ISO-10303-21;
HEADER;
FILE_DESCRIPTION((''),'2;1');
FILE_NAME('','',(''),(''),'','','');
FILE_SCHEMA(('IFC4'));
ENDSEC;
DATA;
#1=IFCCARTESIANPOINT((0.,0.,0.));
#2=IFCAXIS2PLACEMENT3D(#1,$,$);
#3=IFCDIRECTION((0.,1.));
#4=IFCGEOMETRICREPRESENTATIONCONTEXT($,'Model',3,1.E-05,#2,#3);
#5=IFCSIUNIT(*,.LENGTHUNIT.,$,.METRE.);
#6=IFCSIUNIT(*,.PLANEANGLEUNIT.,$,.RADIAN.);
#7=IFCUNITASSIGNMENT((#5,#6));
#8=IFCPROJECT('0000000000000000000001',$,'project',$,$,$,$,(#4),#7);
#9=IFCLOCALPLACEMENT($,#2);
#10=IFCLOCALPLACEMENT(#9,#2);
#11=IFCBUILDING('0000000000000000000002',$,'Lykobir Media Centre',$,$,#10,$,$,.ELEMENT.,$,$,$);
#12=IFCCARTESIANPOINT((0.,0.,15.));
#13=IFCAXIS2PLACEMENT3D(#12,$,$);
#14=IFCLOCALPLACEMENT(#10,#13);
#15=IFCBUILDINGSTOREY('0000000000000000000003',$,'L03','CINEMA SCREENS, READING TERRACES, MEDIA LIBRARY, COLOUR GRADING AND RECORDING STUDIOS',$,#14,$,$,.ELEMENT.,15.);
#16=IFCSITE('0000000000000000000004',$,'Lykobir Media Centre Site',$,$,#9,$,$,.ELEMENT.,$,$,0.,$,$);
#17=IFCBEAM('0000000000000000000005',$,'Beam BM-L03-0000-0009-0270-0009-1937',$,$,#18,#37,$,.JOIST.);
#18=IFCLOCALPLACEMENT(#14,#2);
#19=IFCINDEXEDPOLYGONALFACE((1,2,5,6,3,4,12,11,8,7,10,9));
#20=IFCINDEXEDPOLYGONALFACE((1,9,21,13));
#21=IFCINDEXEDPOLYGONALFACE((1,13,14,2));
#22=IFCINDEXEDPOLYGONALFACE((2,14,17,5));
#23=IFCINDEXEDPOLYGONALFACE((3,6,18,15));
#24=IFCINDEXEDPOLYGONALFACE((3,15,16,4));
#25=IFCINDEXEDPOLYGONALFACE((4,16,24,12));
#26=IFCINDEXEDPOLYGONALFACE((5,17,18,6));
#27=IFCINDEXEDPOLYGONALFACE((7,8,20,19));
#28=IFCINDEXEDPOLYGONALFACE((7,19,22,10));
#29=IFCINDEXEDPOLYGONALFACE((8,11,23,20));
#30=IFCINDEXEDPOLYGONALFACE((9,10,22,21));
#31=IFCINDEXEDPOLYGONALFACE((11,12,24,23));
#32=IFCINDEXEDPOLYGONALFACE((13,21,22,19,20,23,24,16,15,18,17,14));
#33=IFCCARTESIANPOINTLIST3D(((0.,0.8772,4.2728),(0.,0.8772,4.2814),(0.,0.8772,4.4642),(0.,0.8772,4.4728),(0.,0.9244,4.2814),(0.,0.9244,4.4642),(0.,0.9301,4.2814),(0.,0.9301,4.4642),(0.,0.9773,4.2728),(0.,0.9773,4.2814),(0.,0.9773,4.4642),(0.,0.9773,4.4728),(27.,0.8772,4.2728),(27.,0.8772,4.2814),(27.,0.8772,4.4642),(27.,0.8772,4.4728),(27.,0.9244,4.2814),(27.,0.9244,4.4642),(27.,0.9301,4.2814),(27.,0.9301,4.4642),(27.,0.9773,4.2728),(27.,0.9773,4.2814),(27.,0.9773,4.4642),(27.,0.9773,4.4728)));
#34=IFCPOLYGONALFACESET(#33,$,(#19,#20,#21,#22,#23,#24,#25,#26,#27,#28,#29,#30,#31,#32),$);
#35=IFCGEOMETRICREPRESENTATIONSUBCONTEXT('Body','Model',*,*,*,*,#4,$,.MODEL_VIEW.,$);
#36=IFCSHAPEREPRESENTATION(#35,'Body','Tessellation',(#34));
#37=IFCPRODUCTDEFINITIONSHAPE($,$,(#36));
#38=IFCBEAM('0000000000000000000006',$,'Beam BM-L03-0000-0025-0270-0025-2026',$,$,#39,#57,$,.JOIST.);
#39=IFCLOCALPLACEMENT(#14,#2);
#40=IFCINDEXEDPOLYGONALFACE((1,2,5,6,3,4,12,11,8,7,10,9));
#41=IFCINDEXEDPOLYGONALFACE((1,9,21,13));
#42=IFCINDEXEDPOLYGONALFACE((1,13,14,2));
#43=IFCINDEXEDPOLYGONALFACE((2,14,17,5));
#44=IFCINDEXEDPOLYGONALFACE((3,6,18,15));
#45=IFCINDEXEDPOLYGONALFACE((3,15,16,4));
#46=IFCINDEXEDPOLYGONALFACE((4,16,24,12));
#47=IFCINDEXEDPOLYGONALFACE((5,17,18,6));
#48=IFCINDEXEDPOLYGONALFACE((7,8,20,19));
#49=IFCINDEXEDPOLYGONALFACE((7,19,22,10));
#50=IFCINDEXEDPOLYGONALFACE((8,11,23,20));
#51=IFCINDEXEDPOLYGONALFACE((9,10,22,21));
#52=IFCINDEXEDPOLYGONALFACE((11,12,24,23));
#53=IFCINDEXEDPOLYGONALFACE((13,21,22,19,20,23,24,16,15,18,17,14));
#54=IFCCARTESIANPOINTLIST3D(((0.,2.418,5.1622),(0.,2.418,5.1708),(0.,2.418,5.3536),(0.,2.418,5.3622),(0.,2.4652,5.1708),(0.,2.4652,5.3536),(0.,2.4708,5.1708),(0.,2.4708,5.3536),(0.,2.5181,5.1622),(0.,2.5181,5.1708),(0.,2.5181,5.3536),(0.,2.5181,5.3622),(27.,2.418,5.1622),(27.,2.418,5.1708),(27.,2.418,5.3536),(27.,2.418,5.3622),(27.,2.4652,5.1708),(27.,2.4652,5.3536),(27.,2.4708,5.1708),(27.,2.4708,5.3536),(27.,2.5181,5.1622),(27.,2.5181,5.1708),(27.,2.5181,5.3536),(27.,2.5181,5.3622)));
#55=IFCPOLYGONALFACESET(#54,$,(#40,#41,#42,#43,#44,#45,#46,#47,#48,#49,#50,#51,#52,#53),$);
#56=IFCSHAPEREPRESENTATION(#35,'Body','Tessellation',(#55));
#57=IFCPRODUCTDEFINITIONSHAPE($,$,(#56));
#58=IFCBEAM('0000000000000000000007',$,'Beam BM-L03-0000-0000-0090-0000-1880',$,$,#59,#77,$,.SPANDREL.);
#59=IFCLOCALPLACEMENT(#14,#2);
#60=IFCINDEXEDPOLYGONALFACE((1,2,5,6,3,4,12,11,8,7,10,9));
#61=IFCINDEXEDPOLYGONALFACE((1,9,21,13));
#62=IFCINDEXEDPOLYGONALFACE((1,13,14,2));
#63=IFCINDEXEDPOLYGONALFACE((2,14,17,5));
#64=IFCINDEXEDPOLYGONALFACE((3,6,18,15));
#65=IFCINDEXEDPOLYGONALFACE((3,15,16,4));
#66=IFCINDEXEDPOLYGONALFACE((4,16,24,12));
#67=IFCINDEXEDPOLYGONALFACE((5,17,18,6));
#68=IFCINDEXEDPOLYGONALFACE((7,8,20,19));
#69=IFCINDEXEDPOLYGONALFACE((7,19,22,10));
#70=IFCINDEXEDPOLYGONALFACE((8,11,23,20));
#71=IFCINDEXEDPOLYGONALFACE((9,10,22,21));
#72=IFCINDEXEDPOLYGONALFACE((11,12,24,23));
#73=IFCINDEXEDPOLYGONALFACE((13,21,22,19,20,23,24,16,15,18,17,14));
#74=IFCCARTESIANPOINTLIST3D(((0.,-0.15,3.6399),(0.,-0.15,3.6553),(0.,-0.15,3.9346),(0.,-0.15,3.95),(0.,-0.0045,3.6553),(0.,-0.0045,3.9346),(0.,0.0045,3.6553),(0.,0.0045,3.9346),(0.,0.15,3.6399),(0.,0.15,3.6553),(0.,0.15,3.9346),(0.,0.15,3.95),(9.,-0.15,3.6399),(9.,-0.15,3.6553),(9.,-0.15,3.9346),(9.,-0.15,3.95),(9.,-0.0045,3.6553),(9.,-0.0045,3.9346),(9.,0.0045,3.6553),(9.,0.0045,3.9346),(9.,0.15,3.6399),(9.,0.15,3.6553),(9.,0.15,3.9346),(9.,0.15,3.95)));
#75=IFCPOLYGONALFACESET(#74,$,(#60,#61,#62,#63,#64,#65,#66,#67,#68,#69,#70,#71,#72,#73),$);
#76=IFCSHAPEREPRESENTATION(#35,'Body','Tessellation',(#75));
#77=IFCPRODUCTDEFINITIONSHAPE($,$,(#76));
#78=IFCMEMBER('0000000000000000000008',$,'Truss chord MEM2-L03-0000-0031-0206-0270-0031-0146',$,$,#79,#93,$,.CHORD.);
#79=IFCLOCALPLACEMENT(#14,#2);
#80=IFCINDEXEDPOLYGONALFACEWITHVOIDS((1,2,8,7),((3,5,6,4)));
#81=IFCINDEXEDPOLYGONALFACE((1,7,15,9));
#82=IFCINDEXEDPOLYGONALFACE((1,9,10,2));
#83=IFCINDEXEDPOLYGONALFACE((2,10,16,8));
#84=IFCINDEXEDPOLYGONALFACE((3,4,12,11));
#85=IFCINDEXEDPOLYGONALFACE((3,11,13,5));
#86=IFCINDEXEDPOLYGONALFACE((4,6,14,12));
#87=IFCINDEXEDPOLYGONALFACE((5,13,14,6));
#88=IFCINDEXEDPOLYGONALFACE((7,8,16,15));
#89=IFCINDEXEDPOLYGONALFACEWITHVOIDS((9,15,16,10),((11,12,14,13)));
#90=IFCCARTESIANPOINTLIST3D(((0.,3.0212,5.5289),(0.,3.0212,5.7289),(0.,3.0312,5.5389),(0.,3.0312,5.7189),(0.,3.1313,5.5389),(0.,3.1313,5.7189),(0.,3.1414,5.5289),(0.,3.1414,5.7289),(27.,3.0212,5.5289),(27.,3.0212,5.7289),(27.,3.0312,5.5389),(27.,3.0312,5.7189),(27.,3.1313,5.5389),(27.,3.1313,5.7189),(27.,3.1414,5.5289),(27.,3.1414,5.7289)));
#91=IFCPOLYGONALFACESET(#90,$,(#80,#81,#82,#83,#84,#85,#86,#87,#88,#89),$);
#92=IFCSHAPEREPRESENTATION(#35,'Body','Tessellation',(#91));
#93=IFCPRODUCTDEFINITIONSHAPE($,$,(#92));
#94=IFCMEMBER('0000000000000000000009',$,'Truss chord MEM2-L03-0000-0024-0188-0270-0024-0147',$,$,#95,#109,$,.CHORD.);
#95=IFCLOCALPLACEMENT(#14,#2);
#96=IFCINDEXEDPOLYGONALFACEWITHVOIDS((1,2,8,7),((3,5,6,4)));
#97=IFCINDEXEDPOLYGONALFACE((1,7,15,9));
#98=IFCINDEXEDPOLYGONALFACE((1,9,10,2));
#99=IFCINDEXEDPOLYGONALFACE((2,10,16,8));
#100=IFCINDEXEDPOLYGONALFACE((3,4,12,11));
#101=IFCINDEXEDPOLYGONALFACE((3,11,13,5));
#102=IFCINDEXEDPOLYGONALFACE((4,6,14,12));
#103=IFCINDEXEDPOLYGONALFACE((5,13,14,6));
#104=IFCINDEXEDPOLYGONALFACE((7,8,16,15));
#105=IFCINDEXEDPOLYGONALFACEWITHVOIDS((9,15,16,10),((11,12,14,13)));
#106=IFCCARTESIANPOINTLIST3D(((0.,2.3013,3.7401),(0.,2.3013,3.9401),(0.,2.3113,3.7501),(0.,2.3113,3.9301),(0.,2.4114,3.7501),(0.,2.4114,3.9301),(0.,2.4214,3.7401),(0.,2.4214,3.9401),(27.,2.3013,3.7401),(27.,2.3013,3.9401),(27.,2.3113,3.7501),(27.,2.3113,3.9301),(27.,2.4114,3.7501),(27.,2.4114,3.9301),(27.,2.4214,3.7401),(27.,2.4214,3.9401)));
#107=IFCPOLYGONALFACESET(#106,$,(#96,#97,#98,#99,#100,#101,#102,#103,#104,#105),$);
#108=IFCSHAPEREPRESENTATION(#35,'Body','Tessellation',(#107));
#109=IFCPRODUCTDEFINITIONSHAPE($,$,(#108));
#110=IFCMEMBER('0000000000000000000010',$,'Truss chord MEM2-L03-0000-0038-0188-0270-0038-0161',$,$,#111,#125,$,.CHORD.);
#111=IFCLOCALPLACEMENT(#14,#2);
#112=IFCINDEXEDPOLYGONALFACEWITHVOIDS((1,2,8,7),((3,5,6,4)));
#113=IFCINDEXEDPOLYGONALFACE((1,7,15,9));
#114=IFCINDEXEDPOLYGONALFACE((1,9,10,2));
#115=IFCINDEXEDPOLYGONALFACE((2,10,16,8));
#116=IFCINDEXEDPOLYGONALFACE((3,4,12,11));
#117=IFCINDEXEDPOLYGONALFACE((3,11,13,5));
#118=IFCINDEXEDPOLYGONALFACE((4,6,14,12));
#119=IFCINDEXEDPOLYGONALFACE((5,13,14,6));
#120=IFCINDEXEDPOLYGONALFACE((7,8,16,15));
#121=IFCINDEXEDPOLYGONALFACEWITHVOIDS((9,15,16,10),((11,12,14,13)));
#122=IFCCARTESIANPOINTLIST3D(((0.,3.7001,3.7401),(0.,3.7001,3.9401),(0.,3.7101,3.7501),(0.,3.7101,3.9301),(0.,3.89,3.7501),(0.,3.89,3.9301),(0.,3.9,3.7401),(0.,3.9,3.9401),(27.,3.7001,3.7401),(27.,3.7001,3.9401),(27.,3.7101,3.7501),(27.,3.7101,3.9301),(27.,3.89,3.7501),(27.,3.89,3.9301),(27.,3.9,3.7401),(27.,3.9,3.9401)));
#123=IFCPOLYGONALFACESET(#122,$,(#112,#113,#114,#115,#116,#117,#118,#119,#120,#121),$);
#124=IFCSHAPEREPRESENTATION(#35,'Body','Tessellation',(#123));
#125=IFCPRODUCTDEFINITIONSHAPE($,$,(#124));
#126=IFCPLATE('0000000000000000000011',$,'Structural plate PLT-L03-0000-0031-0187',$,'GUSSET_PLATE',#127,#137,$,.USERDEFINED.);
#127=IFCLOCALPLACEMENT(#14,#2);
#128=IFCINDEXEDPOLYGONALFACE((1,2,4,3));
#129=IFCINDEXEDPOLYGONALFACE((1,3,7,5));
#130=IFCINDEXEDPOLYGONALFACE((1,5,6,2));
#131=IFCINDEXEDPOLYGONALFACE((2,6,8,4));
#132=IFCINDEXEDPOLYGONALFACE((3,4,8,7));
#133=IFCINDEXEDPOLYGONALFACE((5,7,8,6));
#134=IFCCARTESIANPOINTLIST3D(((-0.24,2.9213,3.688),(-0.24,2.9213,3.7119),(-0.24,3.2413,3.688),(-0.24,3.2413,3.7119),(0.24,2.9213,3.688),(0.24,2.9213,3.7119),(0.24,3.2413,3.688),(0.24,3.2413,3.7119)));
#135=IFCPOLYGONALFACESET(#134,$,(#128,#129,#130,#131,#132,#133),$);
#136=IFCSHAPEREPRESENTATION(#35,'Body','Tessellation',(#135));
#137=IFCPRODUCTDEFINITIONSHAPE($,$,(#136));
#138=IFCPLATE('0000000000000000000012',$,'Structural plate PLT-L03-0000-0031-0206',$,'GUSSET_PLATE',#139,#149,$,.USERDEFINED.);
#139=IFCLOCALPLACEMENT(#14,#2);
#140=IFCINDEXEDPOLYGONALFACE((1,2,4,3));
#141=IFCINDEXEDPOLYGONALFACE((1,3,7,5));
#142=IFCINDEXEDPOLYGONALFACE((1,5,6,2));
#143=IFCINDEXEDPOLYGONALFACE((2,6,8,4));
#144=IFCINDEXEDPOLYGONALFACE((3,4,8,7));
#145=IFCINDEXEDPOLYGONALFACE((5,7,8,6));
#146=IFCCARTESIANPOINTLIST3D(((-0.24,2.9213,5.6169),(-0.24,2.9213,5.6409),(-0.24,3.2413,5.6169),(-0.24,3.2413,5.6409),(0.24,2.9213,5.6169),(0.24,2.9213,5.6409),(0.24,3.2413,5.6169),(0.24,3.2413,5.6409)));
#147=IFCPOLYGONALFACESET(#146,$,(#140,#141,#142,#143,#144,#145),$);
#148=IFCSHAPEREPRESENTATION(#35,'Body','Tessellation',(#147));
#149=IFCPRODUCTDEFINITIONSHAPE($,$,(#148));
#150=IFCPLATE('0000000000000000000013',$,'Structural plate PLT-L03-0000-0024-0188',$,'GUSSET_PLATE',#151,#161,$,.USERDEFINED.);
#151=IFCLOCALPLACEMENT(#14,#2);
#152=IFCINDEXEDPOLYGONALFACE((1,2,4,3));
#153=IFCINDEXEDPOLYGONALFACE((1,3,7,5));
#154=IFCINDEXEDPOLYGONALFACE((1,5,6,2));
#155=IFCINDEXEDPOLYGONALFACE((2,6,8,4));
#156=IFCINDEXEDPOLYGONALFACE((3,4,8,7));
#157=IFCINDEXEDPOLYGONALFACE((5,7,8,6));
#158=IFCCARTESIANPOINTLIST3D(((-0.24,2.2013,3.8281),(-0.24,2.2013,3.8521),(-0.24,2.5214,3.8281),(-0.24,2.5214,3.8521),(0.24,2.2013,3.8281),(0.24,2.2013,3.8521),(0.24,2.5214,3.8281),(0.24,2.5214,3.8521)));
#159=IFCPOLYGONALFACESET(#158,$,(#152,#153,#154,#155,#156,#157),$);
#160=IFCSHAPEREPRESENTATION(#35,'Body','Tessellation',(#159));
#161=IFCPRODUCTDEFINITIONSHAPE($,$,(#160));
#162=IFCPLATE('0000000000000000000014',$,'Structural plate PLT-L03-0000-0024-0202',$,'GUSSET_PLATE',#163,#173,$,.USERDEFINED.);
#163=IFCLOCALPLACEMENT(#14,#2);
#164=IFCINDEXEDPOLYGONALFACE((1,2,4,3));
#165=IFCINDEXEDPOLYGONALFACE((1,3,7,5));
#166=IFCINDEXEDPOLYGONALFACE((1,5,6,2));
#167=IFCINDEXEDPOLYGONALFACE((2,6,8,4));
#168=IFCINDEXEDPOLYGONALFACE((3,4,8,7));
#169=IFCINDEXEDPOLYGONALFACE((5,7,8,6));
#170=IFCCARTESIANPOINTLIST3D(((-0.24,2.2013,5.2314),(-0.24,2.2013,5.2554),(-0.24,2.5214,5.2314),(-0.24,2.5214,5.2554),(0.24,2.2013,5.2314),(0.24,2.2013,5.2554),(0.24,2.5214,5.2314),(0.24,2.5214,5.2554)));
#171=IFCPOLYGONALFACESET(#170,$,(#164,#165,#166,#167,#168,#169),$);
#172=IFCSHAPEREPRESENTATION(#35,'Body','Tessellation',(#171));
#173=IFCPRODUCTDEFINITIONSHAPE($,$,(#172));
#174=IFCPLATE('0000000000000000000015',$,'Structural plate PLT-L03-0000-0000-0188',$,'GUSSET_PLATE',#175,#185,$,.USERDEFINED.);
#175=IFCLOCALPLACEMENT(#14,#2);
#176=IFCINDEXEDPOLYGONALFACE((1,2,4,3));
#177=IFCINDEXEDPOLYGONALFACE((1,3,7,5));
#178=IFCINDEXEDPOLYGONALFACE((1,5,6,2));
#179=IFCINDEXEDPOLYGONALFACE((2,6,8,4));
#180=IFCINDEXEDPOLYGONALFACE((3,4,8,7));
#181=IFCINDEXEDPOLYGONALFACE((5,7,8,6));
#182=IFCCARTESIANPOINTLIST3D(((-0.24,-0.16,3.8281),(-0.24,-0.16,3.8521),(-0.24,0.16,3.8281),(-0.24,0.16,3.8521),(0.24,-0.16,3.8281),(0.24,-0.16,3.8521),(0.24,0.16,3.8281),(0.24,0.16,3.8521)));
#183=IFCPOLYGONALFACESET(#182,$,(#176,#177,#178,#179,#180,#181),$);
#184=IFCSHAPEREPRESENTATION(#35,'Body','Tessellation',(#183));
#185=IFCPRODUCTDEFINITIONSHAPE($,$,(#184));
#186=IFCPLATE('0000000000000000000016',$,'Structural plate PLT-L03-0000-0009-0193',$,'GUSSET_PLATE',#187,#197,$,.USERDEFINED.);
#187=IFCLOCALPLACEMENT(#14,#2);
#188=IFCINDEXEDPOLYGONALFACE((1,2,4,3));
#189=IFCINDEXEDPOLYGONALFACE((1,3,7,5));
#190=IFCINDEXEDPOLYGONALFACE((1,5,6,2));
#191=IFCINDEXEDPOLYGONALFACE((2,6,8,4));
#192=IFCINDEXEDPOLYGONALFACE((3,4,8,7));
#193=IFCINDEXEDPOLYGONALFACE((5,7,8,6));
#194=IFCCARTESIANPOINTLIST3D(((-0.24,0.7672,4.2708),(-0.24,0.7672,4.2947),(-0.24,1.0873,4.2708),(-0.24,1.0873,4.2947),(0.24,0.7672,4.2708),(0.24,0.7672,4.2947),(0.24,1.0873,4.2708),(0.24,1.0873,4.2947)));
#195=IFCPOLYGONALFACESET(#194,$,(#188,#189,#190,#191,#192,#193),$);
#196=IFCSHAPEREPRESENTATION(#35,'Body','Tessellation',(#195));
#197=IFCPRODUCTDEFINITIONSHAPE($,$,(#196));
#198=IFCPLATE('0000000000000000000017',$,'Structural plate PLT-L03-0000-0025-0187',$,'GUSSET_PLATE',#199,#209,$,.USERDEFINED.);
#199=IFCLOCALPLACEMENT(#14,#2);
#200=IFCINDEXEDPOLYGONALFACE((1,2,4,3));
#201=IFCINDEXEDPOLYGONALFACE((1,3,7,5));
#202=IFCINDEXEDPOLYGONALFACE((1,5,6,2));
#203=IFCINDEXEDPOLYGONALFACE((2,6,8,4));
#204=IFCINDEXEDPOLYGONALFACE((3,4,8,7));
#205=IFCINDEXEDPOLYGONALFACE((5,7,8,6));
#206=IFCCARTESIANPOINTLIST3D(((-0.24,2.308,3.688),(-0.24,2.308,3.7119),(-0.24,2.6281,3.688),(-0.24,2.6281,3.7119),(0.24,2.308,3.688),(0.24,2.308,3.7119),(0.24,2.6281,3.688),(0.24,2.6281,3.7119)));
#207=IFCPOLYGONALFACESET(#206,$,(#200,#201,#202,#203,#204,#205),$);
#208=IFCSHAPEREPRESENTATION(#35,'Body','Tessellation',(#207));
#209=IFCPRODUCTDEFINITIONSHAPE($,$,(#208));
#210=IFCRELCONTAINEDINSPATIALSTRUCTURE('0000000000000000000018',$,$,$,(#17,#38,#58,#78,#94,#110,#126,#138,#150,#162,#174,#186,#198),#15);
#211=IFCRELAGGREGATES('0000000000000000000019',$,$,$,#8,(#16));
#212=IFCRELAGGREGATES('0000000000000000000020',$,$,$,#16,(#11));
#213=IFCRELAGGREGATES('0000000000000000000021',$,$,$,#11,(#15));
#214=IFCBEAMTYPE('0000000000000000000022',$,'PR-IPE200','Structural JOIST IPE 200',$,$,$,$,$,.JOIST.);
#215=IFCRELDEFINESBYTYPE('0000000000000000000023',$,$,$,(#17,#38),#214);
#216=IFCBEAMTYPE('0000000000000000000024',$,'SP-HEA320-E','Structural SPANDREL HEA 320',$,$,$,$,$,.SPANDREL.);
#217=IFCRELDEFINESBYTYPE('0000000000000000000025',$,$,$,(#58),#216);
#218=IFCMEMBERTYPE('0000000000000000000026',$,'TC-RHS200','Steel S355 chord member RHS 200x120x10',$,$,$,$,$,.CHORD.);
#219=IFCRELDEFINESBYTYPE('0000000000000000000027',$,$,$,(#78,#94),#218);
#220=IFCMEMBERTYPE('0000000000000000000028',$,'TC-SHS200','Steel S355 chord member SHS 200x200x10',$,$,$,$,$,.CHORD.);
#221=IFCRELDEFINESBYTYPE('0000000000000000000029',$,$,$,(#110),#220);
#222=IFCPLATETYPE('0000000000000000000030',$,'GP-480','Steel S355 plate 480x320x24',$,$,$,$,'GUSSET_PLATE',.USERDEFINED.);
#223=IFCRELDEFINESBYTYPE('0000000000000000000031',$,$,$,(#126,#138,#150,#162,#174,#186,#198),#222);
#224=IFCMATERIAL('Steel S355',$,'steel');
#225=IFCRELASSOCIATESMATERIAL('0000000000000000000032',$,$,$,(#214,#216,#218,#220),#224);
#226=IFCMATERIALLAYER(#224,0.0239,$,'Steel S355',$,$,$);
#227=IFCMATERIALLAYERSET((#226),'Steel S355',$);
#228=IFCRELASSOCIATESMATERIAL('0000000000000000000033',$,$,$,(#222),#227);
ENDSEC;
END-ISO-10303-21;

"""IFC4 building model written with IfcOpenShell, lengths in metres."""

from ifc_helpers import new_model, si_unit, direction, frame, origin, origin_2d, place, context, subcontext, project, spatial, rectangle, hollow_rectangle, i_section, extrude, material, layer, layer_set, material_profile, profile_set, type_object, element, save


model = new_model("IFC4")

# Units and contexts
model_context = context("Model", 3, precision=1e-05, world=origin(), true_north=direction((0.0, 1.0)))
body_context = subcontext(model_context, "Body", "Model", "MODEL_VIEW")
ifc_project = project(units=[si_unit("LENGTHUNIT", "METRE"), si_unit("PLANEANGLEUNIT", "RADIAN")], contexts=[model_context])

# Site, building, storey
site_placement = place(None, origin())
site = spatial("IfcSite", under=ifc_project, at=site_placement, Name="Lykobir Media Centre Site", CompositionType="ELEMENT", RefElevation=0.0)
building_placement = place(site_placement, origin())
building = spatial("IfcBuilding", under=site, at=building_placement, Name="Lykobir Media Centre", CompositionType="ELEMENT")
storey_placement = place(building_placement, frame((0.0, 0.0, 15.0)))
storey = spatial("IfcBuildingStorey", under=building, at=storey_placement, Name="L03", Description="CINEMA SCREENS, READING TERRACES, MEDIA LIBRARY, COLOUR GRADING AND RECORDING STUDIOS", CompositionType="ELEMENT", Elevation=15.0)

# Shared definitions
ifc_material_1 = material(Name="Steel S355", Category="steel")

# Beams
ifc_material_profile_1 = material_profile(ifc_material_1, i_section(OverallWidth=0.1001, OverallDepth=0.2, WebThickness=0.0056, FlangeThickness=0.0085, at=origin_2d()), Name="IPE 200")
ifc_profile_set_1 = profile_set([ifc_material_profile_1], Name="Steel S355")
beam_type_1 = type_object("IfcBeamType", Name="PR-IPE200", Description="Structural JOIST IPE 200", PredefinedType="JOIST", material=ifc_profile_set_1)
for number, where, z_axis, x_axis, name in (
    (1, (0.0, 0.9272, 4.3728), (1.0, 0.0, 0.0), (0.0, 1.0, 0.0), "Beam BM-L03-0000-0009-0270-0009-1937"),
    (2, (0.0, 2.468, 5.2622), (1.0, 0.0, 0.0), (0.0, 1.0, 0.0), "Beam BM-L03-0000-0025-0270-0025-2026"),
):
    element("IfcBeam", number, at=place(storey_placement, frame(where, z_axis=z_axis, x_axis=x_axis)), inside=storey, type_object=beam_type_1, Name=name, PredefinedType="JOIST", context=body_context, shape_type="SweptSolid", body=[
        extrude(i_section(OverallWidth=0.1001, OverallDepth=0.2, WebThickness=0.0056, FlangeThickness=0.0085, at=origin_2d()), origin(), (0.0, 0.0, 1.0), 27.0),
    ])
ifc_material_profile_2 = material_profile(ifc_material_1, i_section(OverallWidth=0.3, OverallDepth=0.3101, WebThickness=0.009, FlangeThickness=0.0154, at=origin_2d()), Name="HEA 320")
ifc_profile_set_2 = profile_set([ifc_material_profile_2], Name="Steel S355")
beam_type_2 = type_object("IfcBeamType", Name="SP-HEA320-E", Description="Structural SPANDREL HEA 320", PredefinedType="SPANDREL", material=ifc_profile_set_2)
beam_placement = place(storey_placement, frame((0.0, 0.0, 3.7949), z_axis=(1.0, 0.0, 0.0), x_axis=(0.0, 1.0, 0.0)))
element("IfcBeam", 3, at=beam_placement, inside=storey, type_object=beam_type_2, Name="Beam BM-L03-0000-0000-0090-0000-1880", PredefinedType="SPANDREL", context=body_context, shape_type="SweptSolid", body=[
    extrude(i_section(OverallWidth=0.3, OverallDepth=0.3101, WebThickness=0.009, FlangeThickness=0.0154, at=origin_2d()), origin(), (0.0, 0.0, 1.0), 9.0),
])

# Members
ifc_material_profile_3 = material_profile(ifc_material_1, hollow_rectangle(XDim=0.1201, YDim=0.2, WallThickness=0.01, at=origin_2d()), Name="RHS 200x120x10")
ifc_profile_set_3 = profile_set([ifc_material_profile_3], Name="Steel S355")
member_type_1 = type_object("IfcMemberType", Name="TC-RHS200", Description="Steel S355 chord member RHS 200x120x10", PredefinedType="CHORD", material=ifc_profile_set_3)
for number, where, z_axis, x_axis, name in (
    (4, (0.0, 3.0813, 5.6289), (1.0, 0.0, 0.0), (0.0, 1.0, 0.0), "Truss chord MEM2-L03-0000-0031-0206-0270-0031-0146"),
    (5, (0.0, 2.3613, 3.8401), (1.0, 0.0, 0.0), (0.0, 1.0, 0.0), "Truss chord MEM2-L03-0000-0024-0188-0270-0024-0147"),
):
    element("IfcMember", number, at=place(storey_placement, frame(where, z_axis=z_axis, x_axis=x_axis)), inside=storey, type_object=member_type_1, Name=name, PredefinedType="CHORD", context=body_context, shape_type="SweptSolid", body=[
        extrude(hollow_rectangle(XDim=0.1201, YDim=0.2, WallThickness=0.01, at=origin_2d()), origin(), (0.0, 0.0, 1.0), 27.0),
    ])
ifc_material_profile_4 = material_profile(ifc_material_1, hollow_rectangle(XDim=0.2, YDim=0.2, WallThickness=0.01, at=origin_2d()), Name="SHS 200x200x10")
ifc_profile_set_4 = profile_set([ifc_material_profile_4], Name="Steel S355")
member_type_2 = type_object("IfcMemberType", Name="TC-SHS200", Description="Steel S355 chord member SHS 200x200x10", PredefinedType="CHORD", material=ifc_profile_set_4)
member_1_placement = place(storey_placement, frame((0.0, 3.8, 3.8401), z_axis=(1.0, 0.0, 0.0), x_axis=(0.0, 1.0, 0.0)))
element("IfcMember", 6, at=member_1_placement, inside=storey, type_object=member_type_2, Name="Truss chord MEM2-L03-0000-0038-0188-0270-0038-0161", PredefinedType="CHORD", context=body_context, shape_type="SweptSolid", body=[
    extrude(hollow_rectangle(XDim=0.2, YDim=0.2, WallThickness=0.01, at=origin_2d()), origin(), (0.0, 0.0, 1.0), 27.0),
])

# Plates
ifc_layer = layer(ifc_material_1, 0.0239, Name="Steel S355")
ifc_layer_set = layer_set([ifc_layer], Name="Steel S355")
plate_type = type_object("IfcPlateType", Name="GP-480", Description="Steel S355 plate 480x320x24", ElementType="GUSSET_PLATE", PredefinedType="USERDEFINED", material=ifc_layer_set)
for number, where, z_axis, x_axis, name in (
    (7, (0.0, 3.0813, 3.688), (0.0, 0.0, 1.0), (1.0, 0.0, 0.0), "Structural plate PLT-L03-0000-0031-0187"),
    (8, (0.0, 3.0813, 5.6169), (0.0, 0.0, 1.0), (1.0, 0.0, 0.0), "Structural plate PLT-L03-0000-0031-0206"),
    (9, (0.0, 2.3613, 3.8281), (0.0, 0.0, 1.0), (1.0, 0.0, 0.0), "Structural plate PLT-L03-0000-0024-0188"),
    (10, (0.0, 2.3613, 5.2314), (0.0, 0.0, 1.0), (1.0, 0.0, 0.0), "Structural plate PLT-L03-0000-0024-0202"),
    (11, (0.0, 0.0, 3.8281), (0.0, 0.0, 1.0), (1.0, 0.0, 0.0), "Structural plate PLT-L03-0000-0000-0188"),
    (12, (0.0, 0.9272, 4.2708), (0.0, 0.0, 1.0), (1.0, 0.0, 0.0), "Structural plate PLT-L03-0000-0009-0193"),
    (13, (0.0, 2.468, 3.688), (0.0, 0.0, 1.0), (1.0, 0.0, 0.0), "Structural plate PLT-L03-0000-0025-0187"),
):
    element("IfcPlate", number, at=place(storey_placement, frame(where, z_axis=z_axis, x_axis=x_axis)), inside=storey, type_object=plate_type, Name=name, ObjectType="GUSSET_PLATE", PredefinedType="USERDEFINED", context=body_context, shape_type="SweptSolid", body=[
        extrude(rectangle(XDim=0.48, YDim=0.3201, at=origin_2d()), origin(), (0.0, 0.0, 1.0), 0.0239),
    ])

save(model, "model.ifc")
